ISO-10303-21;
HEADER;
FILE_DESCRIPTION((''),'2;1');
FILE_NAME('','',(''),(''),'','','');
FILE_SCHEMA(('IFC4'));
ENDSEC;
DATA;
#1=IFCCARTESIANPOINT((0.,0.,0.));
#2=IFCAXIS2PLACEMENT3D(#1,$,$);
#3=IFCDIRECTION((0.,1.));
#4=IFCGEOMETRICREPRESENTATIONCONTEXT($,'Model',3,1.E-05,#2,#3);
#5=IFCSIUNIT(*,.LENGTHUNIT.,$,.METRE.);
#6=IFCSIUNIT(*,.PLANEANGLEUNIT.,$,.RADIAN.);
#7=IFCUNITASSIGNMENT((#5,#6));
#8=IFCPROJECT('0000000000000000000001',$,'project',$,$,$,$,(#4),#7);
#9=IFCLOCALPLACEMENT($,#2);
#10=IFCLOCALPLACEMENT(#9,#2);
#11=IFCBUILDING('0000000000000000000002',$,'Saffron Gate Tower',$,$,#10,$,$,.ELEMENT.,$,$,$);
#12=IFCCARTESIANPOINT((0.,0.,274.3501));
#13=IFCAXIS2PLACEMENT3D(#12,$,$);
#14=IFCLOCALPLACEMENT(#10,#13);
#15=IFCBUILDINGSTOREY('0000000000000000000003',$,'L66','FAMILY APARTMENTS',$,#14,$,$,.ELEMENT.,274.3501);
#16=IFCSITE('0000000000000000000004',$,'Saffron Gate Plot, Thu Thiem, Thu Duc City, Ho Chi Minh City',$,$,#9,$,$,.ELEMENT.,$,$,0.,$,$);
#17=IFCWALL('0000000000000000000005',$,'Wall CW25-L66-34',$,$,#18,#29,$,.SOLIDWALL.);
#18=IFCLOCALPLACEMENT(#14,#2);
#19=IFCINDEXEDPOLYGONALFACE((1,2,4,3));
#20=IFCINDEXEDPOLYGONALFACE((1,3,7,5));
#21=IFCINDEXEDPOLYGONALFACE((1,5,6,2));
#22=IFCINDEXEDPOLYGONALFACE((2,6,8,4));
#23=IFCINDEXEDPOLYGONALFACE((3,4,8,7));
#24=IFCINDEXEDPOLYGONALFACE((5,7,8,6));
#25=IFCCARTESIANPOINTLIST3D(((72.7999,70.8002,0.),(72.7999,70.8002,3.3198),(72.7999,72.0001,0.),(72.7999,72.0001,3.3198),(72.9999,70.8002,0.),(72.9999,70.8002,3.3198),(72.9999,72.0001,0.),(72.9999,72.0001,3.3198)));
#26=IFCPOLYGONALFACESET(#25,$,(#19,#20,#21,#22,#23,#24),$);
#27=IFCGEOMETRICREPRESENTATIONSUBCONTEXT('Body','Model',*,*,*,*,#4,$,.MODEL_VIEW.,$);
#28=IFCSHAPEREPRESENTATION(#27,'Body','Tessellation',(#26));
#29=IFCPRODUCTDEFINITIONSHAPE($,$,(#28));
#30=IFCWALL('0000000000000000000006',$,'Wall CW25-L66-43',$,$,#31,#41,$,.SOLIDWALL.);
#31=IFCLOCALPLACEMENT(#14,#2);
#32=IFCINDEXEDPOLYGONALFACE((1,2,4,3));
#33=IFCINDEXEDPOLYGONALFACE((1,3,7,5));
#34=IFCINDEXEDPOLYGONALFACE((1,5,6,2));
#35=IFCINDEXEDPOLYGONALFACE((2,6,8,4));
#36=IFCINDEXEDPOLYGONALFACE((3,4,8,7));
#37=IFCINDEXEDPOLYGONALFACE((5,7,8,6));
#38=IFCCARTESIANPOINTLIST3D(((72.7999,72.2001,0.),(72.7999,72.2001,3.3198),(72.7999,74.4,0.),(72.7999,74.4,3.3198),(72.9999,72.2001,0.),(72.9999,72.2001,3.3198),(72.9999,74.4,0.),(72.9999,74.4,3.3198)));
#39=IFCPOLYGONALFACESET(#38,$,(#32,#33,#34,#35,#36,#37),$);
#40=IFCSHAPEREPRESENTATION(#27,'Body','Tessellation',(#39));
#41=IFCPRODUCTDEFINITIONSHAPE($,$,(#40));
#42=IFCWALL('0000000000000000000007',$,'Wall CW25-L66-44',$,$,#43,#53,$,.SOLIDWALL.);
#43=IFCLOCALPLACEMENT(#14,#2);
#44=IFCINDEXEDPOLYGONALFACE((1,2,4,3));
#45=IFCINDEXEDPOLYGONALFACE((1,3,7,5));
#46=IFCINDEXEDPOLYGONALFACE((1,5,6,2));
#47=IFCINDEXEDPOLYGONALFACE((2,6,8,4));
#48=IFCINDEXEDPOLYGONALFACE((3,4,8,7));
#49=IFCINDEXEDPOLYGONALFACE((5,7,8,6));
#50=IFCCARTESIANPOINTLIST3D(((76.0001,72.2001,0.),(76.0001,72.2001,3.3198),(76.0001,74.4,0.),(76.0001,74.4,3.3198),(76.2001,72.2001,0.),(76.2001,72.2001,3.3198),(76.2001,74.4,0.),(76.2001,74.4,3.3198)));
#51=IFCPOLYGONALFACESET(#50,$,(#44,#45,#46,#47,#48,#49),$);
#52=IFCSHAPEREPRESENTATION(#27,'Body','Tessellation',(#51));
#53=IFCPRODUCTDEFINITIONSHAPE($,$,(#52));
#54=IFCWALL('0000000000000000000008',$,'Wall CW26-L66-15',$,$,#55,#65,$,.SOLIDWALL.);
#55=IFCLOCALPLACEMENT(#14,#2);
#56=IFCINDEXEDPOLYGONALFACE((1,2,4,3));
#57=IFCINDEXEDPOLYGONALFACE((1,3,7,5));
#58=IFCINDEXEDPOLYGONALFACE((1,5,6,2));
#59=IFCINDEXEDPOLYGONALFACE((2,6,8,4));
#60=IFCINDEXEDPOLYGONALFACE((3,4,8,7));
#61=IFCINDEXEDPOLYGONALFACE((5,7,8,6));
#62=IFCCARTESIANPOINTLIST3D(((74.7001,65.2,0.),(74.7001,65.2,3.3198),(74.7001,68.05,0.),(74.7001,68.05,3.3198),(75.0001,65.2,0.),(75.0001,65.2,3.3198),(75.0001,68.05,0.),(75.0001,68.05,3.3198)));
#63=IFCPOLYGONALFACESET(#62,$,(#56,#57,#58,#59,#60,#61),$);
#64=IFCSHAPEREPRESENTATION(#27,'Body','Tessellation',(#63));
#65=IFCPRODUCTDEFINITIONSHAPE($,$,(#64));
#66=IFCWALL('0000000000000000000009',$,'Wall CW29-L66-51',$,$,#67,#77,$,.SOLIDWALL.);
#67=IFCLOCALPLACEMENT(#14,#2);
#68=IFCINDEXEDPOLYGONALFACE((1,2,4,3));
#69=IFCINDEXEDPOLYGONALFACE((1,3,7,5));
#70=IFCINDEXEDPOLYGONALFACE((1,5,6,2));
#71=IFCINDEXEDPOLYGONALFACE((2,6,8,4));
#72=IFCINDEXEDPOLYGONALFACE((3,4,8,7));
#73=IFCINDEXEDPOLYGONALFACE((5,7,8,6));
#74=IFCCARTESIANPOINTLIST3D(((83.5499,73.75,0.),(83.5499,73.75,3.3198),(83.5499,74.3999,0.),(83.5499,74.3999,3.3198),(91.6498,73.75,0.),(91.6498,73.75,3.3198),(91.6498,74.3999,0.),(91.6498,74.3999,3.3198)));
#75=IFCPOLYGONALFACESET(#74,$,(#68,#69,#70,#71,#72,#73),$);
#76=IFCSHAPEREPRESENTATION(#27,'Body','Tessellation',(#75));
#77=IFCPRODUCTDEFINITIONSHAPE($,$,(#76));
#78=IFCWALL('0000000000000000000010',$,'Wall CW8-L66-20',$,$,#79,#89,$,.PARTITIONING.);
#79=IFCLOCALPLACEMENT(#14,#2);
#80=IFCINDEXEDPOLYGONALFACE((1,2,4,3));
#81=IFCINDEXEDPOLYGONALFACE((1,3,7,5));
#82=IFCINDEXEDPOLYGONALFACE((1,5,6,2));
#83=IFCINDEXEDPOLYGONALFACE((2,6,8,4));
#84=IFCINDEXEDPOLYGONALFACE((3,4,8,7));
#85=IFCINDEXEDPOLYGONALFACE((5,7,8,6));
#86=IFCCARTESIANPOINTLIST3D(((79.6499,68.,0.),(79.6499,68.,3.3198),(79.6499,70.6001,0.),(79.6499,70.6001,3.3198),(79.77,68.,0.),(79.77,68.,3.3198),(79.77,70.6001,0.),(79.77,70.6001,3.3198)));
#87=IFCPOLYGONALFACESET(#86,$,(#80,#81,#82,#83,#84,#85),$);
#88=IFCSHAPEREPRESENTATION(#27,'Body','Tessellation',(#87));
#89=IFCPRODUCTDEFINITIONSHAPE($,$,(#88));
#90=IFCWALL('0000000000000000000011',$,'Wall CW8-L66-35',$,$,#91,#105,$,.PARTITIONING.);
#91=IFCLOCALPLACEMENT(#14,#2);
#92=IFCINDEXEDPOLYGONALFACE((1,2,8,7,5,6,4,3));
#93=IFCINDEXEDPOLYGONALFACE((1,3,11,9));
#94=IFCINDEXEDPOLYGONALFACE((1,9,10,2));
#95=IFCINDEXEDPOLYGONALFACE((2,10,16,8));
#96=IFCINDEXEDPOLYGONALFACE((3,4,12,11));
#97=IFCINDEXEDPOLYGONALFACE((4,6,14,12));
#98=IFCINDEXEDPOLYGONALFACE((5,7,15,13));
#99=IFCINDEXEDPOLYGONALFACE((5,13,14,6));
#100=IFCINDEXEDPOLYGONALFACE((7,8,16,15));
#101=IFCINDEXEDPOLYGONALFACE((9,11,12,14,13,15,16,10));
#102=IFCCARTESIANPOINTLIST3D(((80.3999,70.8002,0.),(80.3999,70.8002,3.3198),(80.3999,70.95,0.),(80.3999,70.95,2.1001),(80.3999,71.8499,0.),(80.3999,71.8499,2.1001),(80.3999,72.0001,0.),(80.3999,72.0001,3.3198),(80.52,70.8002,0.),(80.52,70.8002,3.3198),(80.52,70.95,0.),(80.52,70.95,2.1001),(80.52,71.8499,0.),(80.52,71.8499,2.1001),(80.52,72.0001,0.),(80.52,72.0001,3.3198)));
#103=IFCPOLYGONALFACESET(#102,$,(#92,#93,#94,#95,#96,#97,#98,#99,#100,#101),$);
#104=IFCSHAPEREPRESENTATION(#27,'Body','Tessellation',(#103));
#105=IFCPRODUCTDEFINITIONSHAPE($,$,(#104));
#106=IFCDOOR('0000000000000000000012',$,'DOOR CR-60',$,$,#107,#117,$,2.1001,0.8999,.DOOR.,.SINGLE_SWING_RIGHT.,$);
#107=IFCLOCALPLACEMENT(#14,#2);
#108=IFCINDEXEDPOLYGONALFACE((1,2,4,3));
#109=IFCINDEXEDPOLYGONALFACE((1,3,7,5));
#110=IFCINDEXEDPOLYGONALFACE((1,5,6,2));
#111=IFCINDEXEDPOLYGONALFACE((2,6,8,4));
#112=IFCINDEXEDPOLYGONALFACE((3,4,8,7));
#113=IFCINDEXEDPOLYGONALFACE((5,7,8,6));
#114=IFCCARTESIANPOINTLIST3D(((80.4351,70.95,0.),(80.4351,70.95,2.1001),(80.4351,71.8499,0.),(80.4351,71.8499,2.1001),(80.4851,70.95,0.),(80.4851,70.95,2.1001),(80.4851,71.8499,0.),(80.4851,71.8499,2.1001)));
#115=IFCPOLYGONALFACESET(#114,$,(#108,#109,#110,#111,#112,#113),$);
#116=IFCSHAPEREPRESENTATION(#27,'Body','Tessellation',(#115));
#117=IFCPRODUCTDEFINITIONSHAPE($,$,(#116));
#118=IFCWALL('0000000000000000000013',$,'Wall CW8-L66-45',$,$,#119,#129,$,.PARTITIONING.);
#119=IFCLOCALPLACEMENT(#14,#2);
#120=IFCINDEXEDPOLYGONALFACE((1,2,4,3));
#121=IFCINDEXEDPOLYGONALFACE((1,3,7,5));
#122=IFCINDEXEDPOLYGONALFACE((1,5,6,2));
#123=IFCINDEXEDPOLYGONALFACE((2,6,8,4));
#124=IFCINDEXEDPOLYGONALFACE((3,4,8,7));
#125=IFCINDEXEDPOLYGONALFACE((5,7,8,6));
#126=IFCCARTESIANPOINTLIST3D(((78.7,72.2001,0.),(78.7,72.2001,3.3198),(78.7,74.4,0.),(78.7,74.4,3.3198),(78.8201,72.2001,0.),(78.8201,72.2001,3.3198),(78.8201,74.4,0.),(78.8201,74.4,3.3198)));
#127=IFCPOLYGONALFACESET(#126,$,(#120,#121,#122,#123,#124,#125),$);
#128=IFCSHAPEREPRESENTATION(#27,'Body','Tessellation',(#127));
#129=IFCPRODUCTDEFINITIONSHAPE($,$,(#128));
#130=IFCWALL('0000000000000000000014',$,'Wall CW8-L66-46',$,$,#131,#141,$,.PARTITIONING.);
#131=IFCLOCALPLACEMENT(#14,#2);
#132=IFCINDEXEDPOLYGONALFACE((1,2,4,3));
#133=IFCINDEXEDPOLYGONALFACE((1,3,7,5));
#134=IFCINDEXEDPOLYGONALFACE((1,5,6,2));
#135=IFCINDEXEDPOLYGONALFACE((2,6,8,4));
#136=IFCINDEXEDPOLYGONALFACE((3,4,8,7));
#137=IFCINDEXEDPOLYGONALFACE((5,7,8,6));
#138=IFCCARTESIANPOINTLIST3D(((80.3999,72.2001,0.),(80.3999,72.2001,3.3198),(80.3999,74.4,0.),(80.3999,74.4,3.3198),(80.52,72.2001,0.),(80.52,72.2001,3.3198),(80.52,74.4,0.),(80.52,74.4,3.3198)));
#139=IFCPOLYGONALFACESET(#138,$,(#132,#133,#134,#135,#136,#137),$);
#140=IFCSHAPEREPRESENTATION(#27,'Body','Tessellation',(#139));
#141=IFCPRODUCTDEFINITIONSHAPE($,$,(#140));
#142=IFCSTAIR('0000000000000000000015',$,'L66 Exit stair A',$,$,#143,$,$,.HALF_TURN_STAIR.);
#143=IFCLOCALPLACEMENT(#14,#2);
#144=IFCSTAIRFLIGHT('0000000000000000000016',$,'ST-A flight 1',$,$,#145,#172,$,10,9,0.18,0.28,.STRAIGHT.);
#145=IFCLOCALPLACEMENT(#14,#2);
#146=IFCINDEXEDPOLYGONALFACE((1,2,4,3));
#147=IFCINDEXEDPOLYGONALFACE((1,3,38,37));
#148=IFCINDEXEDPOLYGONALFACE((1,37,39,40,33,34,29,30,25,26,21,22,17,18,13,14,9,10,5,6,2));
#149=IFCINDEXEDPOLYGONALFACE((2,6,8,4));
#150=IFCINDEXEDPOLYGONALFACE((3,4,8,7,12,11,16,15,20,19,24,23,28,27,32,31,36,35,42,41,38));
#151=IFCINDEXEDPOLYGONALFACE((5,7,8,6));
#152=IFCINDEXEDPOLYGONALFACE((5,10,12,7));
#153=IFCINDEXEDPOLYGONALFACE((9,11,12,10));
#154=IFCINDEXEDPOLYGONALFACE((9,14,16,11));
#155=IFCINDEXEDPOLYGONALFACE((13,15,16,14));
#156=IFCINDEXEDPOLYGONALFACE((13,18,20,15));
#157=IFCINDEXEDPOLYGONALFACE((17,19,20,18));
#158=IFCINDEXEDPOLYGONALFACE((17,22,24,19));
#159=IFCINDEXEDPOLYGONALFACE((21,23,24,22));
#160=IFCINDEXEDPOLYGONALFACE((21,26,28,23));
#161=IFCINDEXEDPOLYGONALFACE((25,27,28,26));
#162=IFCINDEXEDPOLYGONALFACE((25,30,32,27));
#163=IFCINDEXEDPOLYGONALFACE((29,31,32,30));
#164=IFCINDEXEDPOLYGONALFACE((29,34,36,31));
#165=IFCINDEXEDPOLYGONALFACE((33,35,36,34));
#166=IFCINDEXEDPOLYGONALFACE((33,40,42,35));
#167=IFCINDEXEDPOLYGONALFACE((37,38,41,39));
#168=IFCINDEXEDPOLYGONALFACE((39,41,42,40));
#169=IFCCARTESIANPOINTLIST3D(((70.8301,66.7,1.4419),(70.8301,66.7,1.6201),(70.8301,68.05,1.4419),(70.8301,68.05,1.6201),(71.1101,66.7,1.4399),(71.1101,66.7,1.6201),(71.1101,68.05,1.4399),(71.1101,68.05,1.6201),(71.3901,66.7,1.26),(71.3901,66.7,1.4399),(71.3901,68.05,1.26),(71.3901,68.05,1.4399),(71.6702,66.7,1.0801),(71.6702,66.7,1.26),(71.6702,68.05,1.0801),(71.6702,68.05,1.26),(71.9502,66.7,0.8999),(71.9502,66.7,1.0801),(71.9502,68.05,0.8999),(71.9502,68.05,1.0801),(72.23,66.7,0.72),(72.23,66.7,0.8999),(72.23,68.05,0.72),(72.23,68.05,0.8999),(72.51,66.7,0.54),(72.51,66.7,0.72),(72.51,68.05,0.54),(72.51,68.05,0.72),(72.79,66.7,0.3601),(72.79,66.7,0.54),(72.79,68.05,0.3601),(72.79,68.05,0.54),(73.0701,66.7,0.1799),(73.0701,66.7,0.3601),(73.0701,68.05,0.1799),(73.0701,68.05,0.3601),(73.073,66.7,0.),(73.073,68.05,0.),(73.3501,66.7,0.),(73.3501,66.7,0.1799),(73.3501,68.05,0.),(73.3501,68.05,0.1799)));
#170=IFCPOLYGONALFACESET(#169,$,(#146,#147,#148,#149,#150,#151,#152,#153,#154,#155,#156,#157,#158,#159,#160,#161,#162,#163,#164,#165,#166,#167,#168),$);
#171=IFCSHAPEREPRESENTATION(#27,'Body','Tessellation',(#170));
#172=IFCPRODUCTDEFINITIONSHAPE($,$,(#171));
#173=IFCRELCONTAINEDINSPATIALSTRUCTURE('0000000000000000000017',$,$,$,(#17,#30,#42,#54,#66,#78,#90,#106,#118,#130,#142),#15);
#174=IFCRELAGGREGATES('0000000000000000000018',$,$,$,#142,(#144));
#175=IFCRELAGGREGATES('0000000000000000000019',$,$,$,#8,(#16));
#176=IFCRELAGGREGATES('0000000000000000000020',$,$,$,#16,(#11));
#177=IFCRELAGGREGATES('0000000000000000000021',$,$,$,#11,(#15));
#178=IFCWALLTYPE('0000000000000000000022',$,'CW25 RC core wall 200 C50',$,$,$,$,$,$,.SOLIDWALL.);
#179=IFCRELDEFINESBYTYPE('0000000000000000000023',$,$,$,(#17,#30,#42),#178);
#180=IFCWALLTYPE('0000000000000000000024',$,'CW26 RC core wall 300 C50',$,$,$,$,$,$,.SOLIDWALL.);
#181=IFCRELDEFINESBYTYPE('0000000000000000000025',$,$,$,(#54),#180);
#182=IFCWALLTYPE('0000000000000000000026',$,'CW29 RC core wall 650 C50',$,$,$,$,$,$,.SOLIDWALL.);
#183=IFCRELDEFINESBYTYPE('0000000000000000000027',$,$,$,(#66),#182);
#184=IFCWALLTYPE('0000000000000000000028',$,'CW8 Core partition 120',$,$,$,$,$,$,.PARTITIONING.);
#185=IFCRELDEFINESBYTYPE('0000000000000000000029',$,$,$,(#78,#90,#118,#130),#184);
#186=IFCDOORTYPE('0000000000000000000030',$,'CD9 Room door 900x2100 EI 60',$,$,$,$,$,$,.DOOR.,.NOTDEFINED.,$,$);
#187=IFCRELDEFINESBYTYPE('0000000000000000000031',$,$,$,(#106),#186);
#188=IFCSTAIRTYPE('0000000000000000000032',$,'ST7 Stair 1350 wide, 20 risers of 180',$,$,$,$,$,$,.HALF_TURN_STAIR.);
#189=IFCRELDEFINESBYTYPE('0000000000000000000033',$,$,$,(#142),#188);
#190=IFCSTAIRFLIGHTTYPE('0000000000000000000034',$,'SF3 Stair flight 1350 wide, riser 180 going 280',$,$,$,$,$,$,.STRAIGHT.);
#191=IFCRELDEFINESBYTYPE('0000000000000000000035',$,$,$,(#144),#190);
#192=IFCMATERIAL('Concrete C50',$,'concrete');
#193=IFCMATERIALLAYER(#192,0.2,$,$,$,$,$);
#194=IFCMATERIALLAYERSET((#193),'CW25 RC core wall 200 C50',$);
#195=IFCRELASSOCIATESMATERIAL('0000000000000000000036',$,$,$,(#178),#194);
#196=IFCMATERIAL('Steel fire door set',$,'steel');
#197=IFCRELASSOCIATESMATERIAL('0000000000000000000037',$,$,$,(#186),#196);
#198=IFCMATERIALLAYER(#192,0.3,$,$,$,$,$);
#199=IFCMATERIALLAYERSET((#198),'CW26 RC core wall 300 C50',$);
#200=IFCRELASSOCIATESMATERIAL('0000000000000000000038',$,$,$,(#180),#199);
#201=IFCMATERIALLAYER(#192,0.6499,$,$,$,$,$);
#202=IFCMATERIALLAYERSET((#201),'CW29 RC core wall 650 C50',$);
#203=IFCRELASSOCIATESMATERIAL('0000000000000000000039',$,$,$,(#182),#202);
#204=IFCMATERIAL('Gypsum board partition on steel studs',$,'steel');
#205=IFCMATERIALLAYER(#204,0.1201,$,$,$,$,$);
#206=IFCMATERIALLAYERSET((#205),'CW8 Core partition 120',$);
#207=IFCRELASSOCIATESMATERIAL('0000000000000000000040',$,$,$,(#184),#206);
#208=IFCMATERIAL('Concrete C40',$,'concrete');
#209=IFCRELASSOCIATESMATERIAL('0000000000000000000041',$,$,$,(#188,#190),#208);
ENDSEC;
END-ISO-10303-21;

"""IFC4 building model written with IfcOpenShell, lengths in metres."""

from ifc_helpers import new_model, si_unit, direction, frame, frame_2d, origin, place, context, subcontext, project, spatial, polyline, rectangle, outline, extrude, material, layer, layer_set, type_object, element, fill, aggregate, save


model = new_model("IFC4")

# Units and contexts
model_context = context("Model", 3, precision=1e-05, world=origin(), true_north=direction((0.0, 1.0)))
body_context = subcontext(model_context, "Body", "Model", "MODEL_VIEW")
ifc_project = project(units=[si_unit("LENGTHUNIT", "METRE"), si_unit("PLANEANGLEUNIT", "RADIAN")], contexts=[model_context])

# Site, building, storey
site_placement = place(None, origin())
site = spatial("IfcSite", under=ifc_project, at=site_placement, Name="Saffron Gate Plot, Thu Thiem, Thu Duc City, Ho Chi Minh City", CompositionType="ELEMENT", RefElevation=0.0)
building_placement = place(site_placement, origin())
building = spatial("IfcBuilding", under=site, at=building_placement, Name="Saffron Gate Tower", CompositionType="ELEMENT")
storey_placement = place(building_placement, frame((0.0, 0.0, 274.3501)))
storey = spatial("IfcBuildingStorey", under=building, at=storey_placement, Name="L66", Description="FAMILY APARTMENTS", CompositionType="ELEMENT", Elevation=274.3501)

# Shared definitions
ifc_material_1 = material(Name="Concrete C50", Category="concrete")

# Shared definitions
ifc_layer_1 = layer(ifc_material_1, 0.2)
ifc_layer_set_1 = layer_set([ifc_layer_1], Name="CW25 RC core wall 200 C50")
wall_type_1 = type_object("IfcWallType", Name="CW25 RC core wall 200 C50", PredefinedType="SOLIDWALL", material=ifc_layer_set_1)
ifc_material_2 = material(Name="Steel fire door set", Category="steel")
door_type_1 = type_object("IfcDoorType", Name="CD9 Room door 900x2100 EI 60", OperationType="NOTDEFINED", PredefinedType="DOOR", material=ifc_material_2)

# Walls
wall_1_placement = place(storey_placement, frame((72.8999, 70.8, 0.0), z_axis=(0.0, 0.0, 1.0), x_axis=(0.0, 1.0, 0.0)))
element("IfcWall", 1, at=wall_1_placement, inside=storey, type_object=wall_type_1, Name="Wall CW25-L66-34", PredefinedType="SOLIDWALL", context=body_context, shape_type="SweptSolid", body=[
    extrude(rectangle(XDim=1.2, YDim=0.2, at=frame_2d((0.6001, 0.0))), origin(), (0.0, 0.0, 1.0), 3.3198),
])
for number, where, z_axis, x_axis, name in (
    (2, (72.8999, 72.2, 0.0), (0.0, 0.0, 1.0), (0.0, 1.0, 0.0), "Wall CW25-L66-43"),
    (3, (76.1001, 72.2, 0.0), (0.0, 0.0, 1.0), (0.0, 1.0, 0.0), "Wall CW25-L66-44"),
):
    element("IfcWall", number, at=place(storey_placement, frame(where, z_axis=z_axis, x_axis=x_axis)), inside=storey, type_object=wall_type_1, Name=name, PredefinedType="SOLIDWALL", context=body_context, shape_type="SweptSolid", body=[
        extrude(rectangle(XDim=2.2, YDim=0.2, at=frame_2d((1.1001, 0.0))), origin(), (0.0, 0.0, 1.0), 3.3198),
    ])
ifc_layer_2 = layer(ifc_material_1, 0.3)
ifc_layer_set_2 = layer_set([ifc_layer_2], Name="CW26 RC core wall 300 C50")
wall_type_2 = type_object("IfcWallType", Name="CW26 RC core wall 300 C50", PredefinedType="SOLIDWALL", material=ifc_layer_set_2)
wall_2_placement = place(storey_placement, frame((74.8501, 65.2, 0.0), z_axis=(0.0, 0.0, 1.0), x_axis=(0.0, 1.0, 0.0)))
element("IfcWall", 4, at=wall_2_placement, inside=storey, type_object=wall_type_2, Name="Wall CW26-L66-15", PredefinedType="SOLIDWALL", context=body_context, shape_type="SweptSolid", body=[
    extrude(rectangle(XDim=2.8501, YDim=0.3, at=frame_2d((1.425, 0.0))), origin(), (0.0, 0.0, 1.0), 3.3198),
])
ifc_layer_3 = layer(ifc_material_1, 0.6499)
ifc_layer_set_3 = layer_set([ifc_layer_3], Name="CW29 RC core wall 650 C50")
wall_type_3 = type_object("IfcWallType", Name="CW29 RC core wall 650 C50", PredefinedType="SOLIDWALL", material=ifc_layer_set_3)
wall_3_placement = place(storey_placement, frame((83.55, 74.075, 0.0), z_axis=(0.0, 0.0, 1.0), x_axis=(1.0, 0.0, 0.0)))
element("IfcWall", 5, at=wall_3_placement, inside=storey, type_object=wall_type_3, Name="Wall CW29-L66-51", PredefinedType="SOLIDWALL", context=body_context, shape_type="SweptSolid", body=[
    extrude(rectangle(XDim=8.0999, YDim=0.6499, at=frame_2d((4.0498, 0.0))), origin(), (0.0, 0.0, 1.0), 3.3198),
])
ifc_material_3 = material(Name="Gypsum board partition on steel studs", Category="steel")
ifc_layer_4 = layer(ifc_material_3, 0.1201)
ifc_layer_set_4 = layer_set([ifc_layer_4], Name="CW8 Core partition 120")
wall_type_4 = type_object("IfcWallType", Name="CW8 Core partition 120", PredefinedType="PARTITIONING", material=ifc_layer_set_4)
wall_4_placement = place(storey_placement, frame((79.71, 68.0, 0.0), z_axis=(0.0, 0.0, 1.0), x_axis=(0.0, 1.0, 0.0)))
element("IfcWall", 6, at=wall_4_placement, inside=storey, type_object=wall_type_4, Name="Wall CW8-L66-20", PredefinedType="PARTITIONING", context=body_context, shape_type="SweptSolid", body=[
    extrude(rectangle(XDim=2.6001, YDim=0.1201, at=frame_2d((1.3, 0.0))), origin(), (0.0, 0.0, 1.0), 3.3198),
])

# Wall, opening, door
wall_5_placement = place(storey_placement, frame((80.46, 70.8, 0.0), z_axis=(0.0, 0.0, 1.0), x_axis=(0.0, 1.0, 0.0)))
wall_5 = element("IfcWall", 7, at=wall_5_placement, inside=storey, type_object=wall_type_4, Name="Wall CW8-L66-35", PredefinedType="PARTITIONING", context=body_context, shape_type="SweptSolid", body=[
    extrude(rectangle(XDim=1.2, YDim=0.1201, at=frame_2d((0.6001, 0.0))), origin(), (0.0, 0.0, 1.0), 3.3198),
])
opening_1_placement = place(wall_5_placement, frame((0.1499, 0.0, 0.0)))
opening_1 = element("IfcOpeningElement", 8, at=opening_1_placement, cuts=wall_5, PredefinedType="OPENING", context=body_context, shape_type="SweptSolid", body=[
    extrude(rectangle(XDim=0.8999, YDim=2.1001, at=frame_2d((0.45, 1.05))), frame((0.0, 0.0701, 0.0), z_axis=(0.0, -1.0, 0.0), x_axis=(1.0, 0.0, 0.0)), (0.0, 0.0, 1.0), 0.1401),
])
door_1_placement = place(opening_1_placement, origin())
door_1 = element("IfcDoor", 9, at=door_1_placement, inside=storey, type_object=door_type_1, Name="DOOR CR-60", OperationType="SINGLE_SWING_RIGHT", OverallHeight=2.1001, OverallWidth=0.8999, PredefinedType="DOOR", context=body_context, shape_type="SweptSolid", body=[
    extrude(rectangle(XDim=0.8999, YDim=2.1001, at=frame_2d((0.45, 1.05))), frame((0.0, 0.0249, 0.0), z_axis=(0.0, -1.0, 0.0), x_axis=(1.0, 0.0, 0.0)), (0.0, 0.0, 1.0), 0.05),
])
fill(opening_1, door_1)

# Walls
for number, where, z_axis, x_axis, name in (
    (10, (78.76, 72.2, 0.0), (0.0, 0.0, 1.0), (0.0, 1.0, 0.0), "Wall CW8-L66-45"),
    (11, (80.46, 72.2, 0.0), (0.0, 0.0, 1.0), (0.0, 1.0, 0.0), "Wall CW8-L66-46"),
):
    element("IfcWall", number, at=place(storey_placement, frame(where, z_axis=z_axis, x_axis=x_axis)), inside=storey, type_object=wall_type_4, Name=name, PredefinedType="PARTITIONING", context=body_context, shape_type="SweptSolid", body=[
        extrude(rectangle(XDim=2.2, YDim=0.1201, at=frame_2d((1.1001, 0.0))), origin(), (0.0, 0.0, 1.0), 3.3198),
    ])

# Stair, stair flight
ifc_material_4 = material(Name="Concrete C40", Category="concrete")
stair_type = type_object("IfcStairType", Name="ST7 Stair 1350 wide, 20 risers of 180", PredefinedType="HALF_TURN_STAIR", material=ifc_material_4)
stair_placement = place(storey_placement, origin())
stair = element("IfcStair", 12, at=stair_placement, inside=storey, type_object=stair_type, Name="L66 Exit stair A", PredefinedType="HALF_TURN_STAIR")
stair_flight_type = type_object("IfcStairFlightType", Name="SF3 Stair flight 1350 wide, riser 180 going 280", PredefinedType="STRAIGHT", material=ifc_material_4)
stair_flight_placement = place(storey_placement, frame((73.3501, 67.375, 0.0), z_axis=(0.0, 0.0, 1.0), x_axis=(-1.0, 0.0, 0.0)))
stair_flight = element("IfcStairFlight", 13, at=stair_flight_placement, type_object=stair_flight_type, Name="ST-A flight 1", NumberOfRisers=10, NumberOfTreads=9, PredefinedType="STRAIGHT", RiserHeight=0.18, TreadLength=0.28, context=body_context, shape_type="SweptSolid", body=[
    extrude(outline(polyline([(0.0, 0.0), (0.0, 0.1799), (0.28, 0.1799), (0.28, 0.3601), (0.5601, 0.3601), (0.5601, 0.54), (0.8401, 0.54), (0.8401, 0.72), (1.1201, 0.72), (1.1201, 0.8999), (1.3999, 0.8999), (1.3999, 1.0801), (1.6799, 1.0801), (1.6799, 1.26), (1.96, 1.26), (1.96, 1.4399), (2.24, 1.4399), (2.24, 1.6201), (2.52, 1.6201), (2.52, 1.8), (2.52, 1.4419), (0.2771, 0.0), (0.0, 0.0)])), frame((0.0, 0.675, 0.0), z_axis=(0.0, -1.0, 0.0), x_axis=(1.0, 0.0, 0.0)), (0.0, 0.0, 1.0), 1.3501),
])
aggregate(stair, [stair_flight])

save(model, "model.ifc")
